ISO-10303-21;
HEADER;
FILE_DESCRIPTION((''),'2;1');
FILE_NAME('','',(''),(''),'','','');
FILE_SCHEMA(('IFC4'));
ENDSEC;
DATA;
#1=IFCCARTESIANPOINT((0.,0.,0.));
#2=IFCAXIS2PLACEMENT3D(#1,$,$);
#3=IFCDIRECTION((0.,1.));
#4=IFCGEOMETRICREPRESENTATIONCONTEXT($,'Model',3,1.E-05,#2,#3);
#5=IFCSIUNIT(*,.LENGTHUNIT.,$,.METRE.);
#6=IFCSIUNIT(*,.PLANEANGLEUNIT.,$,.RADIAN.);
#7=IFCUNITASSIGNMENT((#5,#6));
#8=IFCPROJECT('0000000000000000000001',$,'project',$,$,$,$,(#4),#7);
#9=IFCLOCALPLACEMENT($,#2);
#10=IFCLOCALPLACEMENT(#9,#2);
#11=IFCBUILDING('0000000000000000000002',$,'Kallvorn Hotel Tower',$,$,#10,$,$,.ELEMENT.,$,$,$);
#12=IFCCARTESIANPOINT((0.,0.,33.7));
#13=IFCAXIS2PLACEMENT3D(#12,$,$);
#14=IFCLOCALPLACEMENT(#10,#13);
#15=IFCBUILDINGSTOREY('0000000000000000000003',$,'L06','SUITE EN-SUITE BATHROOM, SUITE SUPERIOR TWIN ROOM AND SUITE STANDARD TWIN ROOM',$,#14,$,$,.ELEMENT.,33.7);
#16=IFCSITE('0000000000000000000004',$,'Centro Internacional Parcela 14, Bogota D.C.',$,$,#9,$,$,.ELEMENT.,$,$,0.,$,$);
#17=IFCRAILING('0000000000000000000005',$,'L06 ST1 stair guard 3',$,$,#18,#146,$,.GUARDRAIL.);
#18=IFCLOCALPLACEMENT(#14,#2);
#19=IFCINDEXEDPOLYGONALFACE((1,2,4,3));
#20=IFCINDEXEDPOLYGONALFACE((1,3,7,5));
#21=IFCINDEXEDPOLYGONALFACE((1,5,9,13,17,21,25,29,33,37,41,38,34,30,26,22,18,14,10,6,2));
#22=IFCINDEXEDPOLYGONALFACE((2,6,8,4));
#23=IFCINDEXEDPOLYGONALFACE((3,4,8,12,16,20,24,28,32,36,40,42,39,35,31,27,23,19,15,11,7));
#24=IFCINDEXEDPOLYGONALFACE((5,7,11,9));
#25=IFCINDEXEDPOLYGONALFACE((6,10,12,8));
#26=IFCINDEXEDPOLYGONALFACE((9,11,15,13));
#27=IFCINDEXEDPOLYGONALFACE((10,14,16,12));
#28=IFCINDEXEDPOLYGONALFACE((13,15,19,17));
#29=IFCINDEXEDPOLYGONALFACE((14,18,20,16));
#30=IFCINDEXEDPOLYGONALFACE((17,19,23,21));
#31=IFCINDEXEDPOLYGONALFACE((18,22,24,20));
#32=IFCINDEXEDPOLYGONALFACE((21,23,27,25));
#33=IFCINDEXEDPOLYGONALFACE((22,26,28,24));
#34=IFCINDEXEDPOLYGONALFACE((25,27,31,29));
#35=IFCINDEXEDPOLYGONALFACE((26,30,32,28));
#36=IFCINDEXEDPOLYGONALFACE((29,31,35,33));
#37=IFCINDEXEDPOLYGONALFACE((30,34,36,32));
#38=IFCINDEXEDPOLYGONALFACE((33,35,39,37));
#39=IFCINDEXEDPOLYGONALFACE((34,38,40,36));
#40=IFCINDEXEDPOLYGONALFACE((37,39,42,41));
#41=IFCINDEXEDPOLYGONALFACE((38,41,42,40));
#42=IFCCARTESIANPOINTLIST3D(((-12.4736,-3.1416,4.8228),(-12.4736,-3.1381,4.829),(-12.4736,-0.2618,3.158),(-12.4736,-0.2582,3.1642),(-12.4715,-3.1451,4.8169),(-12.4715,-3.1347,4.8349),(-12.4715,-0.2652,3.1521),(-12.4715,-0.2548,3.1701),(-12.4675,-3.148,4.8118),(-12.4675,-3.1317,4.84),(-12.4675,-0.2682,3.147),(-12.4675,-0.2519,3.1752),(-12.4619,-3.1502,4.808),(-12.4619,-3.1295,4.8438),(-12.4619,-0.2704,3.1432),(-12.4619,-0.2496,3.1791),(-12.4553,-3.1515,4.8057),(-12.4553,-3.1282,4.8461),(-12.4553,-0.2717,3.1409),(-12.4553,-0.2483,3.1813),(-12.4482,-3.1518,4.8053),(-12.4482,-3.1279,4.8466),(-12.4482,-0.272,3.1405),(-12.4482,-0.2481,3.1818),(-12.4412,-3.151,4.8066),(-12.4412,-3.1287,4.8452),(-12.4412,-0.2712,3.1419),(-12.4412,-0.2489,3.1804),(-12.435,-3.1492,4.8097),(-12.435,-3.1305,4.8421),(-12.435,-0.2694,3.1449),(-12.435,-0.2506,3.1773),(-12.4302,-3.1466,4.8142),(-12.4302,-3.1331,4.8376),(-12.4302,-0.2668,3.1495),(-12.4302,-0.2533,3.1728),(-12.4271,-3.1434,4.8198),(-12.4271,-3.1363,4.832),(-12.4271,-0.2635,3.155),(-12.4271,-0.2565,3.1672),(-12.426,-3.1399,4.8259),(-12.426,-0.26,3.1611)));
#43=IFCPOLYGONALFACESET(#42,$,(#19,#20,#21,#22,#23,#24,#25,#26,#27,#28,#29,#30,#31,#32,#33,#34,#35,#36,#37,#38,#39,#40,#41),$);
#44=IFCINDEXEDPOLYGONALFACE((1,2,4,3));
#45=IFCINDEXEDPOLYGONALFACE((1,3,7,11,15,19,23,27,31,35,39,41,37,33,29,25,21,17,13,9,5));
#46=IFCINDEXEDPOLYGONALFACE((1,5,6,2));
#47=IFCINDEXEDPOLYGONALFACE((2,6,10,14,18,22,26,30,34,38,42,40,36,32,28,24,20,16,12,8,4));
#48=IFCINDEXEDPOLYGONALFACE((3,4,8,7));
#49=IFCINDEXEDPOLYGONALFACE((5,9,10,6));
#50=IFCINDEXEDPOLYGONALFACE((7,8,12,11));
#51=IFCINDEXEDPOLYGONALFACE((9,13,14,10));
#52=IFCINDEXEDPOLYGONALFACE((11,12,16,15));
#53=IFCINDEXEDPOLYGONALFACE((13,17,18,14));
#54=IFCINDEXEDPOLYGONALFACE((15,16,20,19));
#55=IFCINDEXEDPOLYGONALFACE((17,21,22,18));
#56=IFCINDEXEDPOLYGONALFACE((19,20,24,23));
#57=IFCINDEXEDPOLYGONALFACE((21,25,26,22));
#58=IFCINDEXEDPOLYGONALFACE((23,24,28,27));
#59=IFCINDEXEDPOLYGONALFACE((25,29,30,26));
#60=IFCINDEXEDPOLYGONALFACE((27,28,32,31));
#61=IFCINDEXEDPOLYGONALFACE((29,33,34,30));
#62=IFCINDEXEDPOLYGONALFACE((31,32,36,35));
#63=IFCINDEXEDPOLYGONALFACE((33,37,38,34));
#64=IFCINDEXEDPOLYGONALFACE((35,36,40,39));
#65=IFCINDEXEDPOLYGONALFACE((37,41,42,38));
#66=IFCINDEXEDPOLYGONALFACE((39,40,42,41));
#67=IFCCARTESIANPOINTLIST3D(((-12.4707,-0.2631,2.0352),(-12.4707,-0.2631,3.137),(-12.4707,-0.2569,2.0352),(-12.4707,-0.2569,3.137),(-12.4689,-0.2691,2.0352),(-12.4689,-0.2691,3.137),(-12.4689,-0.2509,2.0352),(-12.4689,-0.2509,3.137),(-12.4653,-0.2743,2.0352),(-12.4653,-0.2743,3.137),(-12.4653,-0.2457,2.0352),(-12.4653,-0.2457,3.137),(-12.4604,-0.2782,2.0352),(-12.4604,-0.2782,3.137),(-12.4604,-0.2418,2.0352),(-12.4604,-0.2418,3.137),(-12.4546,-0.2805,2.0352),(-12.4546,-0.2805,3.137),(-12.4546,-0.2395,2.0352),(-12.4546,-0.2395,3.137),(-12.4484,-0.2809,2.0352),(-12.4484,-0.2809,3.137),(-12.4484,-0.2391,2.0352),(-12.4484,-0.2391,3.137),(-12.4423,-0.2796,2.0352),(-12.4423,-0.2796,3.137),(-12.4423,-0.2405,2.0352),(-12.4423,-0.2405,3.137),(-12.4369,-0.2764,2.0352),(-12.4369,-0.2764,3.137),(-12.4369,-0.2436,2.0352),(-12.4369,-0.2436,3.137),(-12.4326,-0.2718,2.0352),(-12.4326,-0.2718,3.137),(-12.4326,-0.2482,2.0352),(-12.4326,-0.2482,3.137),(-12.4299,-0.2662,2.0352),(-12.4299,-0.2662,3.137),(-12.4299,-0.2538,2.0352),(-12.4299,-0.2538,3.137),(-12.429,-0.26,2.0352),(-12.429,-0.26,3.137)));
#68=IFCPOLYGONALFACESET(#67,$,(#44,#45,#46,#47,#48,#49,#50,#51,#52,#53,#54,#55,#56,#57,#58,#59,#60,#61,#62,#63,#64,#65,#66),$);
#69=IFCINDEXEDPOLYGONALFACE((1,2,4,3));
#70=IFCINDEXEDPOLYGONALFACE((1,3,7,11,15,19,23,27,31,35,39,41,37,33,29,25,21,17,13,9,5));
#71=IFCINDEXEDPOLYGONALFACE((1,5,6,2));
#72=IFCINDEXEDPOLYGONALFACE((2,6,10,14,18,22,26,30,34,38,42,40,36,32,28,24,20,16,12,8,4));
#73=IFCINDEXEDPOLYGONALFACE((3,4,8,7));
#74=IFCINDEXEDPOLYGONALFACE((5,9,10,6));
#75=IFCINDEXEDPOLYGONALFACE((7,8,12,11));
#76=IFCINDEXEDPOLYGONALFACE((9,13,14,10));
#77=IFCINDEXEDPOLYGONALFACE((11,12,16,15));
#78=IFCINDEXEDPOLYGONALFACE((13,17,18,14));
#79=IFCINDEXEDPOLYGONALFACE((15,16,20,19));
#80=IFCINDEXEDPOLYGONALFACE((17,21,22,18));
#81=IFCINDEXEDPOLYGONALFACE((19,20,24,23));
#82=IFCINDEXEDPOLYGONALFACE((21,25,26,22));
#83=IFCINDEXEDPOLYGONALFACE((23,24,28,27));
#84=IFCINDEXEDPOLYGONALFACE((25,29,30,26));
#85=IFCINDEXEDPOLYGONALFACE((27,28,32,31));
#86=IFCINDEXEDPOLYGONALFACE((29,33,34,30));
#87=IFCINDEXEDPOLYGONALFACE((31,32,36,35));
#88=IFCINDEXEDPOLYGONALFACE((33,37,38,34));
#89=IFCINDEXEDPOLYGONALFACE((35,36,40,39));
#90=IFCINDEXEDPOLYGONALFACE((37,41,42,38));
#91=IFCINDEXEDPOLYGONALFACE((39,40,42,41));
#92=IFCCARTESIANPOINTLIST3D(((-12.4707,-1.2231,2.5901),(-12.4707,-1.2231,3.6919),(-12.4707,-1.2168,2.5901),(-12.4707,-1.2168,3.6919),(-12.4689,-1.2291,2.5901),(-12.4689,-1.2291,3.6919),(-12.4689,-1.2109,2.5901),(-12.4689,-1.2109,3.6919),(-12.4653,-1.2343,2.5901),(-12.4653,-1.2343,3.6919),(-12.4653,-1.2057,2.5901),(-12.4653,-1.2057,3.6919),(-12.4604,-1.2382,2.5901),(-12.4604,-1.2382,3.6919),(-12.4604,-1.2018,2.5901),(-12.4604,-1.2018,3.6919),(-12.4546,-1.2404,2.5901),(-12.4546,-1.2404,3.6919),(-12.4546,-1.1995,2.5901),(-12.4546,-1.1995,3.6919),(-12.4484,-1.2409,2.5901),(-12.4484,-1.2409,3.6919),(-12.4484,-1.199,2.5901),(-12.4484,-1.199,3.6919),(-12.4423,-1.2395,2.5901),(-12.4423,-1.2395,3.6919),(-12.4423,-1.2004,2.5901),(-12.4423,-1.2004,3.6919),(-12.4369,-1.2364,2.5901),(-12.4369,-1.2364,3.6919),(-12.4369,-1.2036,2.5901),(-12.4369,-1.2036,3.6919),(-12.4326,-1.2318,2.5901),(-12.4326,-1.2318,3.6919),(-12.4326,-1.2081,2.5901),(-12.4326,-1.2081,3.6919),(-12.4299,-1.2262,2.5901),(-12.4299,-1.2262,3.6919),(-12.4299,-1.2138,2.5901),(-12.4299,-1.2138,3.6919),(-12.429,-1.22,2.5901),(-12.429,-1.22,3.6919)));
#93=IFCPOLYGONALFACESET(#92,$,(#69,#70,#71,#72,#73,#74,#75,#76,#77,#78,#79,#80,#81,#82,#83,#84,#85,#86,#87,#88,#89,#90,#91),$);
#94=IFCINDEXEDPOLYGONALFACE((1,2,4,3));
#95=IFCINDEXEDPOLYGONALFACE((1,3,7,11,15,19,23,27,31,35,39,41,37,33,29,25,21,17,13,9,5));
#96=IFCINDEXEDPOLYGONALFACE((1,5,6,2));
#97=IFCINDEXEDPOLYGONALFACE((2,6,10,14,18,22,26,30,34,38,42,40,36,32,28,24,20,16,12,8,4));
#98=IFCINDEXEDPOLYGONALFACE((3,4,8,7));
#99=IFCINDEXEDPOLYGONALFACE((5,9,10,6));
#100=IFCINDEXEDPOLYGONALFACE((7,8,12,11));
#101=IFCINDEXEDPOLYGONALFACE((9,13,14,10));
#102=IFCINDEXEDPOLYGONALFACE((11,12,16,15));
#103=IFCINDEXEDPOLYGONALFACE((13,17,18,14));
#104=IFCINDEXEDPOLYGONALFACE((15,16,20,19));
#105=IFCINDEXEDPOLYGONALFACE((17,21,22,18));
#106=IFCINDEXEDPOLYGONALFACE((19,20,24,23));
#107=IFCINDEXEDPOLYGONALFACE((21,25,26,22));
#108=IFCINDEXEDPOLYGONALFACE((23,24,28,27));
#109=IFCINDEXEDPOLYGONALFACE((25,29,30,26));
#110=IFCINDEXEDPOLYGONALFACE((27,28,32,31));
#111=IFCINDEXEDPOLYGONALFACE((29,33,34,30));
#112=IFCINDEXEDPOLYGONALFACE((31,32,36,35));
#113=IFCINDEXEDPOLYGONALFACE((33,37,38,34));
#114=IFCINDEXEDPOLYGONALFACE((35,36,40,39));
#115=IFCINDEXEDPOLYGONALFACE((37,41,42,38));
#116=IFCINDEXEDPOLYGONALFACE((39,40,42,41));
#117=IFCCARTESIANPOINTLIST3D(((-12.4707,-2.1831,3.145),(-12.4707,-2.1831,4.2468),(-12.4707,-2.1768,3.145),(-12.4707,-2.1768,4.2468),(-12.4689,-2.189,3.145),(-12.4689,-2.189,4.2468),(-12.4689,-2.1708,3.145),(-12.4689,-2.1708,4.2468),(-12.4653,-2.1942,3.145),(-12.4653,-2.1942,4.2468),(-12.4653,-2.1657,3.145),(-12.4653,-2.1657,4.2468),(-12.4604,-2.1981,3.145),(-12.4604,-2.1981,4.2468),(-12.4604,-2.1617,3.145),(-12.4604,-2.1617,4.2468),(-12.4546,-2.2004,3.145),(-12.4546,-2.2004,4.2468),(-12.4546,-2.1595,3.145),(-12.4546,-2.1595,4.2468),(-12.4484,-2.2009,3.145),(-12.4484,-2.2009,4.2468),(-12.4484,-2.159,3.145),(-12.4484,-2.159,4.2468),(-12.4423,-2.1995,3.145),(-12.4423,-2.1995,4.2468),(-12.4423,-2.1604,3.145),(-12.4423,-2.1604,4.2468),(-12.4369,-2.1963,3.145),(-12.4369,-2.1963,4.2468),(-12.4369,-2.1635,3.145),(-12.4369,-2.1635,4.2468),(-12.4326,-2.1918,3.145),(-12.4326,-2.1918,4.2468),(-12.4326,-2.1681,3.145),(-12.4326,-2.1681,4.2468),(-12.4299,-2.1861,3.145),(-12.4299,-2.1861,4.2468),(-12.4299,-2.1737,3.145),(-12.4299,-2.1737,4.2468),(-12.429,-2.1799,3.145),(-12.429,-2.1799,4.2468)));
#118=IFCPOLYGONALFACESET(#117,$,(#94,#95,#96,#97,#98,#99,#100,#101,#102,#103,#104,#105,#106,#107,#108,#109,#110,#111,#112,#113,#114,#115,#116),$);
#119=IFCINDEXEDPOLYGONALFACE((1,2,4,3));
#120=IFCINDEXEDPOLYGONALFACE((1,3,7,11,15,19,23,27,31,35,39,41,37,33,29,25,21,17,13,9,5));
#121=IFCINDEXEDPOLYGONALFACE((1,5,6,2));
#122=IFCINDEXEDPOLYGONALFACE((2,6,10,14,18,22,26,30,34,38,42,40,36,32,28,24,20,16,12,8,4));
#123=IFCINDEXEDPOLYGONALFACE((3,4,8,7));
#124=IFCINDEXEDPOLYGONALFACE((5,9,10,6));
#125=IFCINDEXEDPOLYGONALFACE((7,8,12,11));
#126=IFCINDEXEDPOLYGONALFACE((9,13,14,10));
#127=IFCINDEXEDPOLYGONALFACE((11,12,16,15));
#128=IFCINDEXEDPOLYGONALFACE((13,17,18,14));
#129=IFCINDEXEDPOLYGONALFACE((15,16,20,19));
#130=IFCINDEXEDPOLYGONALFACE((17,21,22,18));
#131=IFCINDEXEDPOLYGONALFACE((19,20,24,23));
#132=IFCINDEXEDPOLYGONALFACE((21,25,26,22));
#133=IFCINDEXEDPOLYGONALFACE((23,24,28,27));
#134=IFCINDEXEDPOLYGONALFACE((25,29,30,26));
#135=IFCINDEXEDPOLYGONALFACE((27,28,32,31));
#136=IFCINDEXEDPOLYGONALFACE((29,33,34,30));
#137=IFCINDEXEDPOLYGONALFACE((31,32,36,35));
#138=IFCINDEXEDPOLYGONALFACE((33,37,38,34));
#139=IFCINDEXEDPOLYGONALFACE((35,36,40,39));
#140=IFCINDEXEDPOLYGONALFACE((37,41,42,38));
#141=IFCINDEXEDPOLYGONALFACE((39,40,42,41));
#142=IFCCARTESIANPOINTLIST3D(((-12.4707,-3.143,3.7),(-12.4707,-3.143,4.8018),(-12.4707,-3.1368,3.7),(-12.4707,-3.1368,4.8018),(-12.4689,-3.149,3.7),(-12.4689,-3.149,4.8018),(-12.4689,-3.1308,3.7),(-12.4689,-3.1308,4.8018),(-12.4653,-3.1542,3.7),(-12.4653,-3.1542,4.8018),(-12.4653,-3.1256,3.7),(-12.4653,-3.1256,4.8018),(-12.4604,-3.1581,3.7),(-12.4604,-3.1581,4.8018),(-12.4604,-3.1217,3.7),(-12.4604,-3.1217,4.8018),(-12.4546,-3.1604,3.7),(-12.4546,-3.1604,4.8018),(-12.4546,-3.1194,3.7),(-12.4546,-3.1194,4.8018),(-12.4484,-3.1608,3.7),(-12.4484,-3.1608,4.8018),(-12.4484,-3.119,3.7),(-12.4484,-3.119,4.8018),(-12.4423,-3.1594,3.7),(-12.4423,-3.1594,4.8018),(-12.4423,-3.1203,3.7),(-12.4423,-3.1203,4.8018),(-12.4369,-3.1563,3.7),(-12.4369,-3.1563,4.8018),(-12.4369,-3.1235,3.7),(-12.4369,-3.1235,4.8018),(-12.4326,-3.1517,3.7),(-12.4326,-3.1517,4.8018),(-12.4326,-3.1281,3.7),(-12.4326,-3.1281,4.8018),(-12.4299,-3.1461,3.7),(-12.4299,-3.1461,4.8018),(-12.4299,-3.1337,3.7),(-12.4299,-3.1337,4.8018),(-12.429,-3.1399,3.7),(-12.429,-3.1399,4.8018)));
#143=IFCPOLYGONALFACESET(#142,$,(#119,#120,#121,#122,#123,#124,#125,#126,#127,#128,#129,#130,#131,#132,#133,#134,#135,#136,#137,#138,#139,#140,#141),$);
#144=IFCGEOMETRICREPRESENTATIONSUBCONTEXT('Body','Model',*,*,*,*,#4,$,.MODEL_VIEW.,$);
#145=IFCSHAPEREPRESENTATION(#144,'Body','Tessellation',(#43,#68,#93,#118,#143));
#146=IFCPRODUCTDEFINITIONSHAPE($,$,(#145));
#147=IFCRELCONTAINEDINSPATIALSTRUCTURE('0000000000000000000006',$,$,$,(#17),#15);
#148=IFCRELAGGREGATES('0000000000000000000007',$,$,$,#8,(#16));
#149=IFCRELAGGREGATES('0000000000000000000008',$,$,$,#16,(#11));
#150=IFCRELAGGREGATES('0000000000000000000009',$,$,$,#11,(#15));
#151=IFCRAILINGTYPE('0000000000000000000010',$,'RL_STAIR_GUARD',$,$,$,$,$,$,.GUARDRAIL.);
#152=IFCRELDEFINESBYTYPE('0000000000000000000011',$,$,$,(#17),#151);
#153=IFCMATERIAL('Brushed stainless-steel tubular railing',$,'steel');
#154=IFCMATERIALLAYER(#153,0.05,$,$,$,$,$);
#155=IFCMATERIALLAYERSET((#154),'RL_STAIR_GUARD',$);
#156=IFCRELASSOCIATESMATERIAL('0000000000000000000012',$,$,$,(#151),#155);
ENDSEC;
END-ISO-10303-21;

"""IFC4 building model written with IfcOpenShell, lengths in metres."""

from ifc_helpers import new_model, si_unit, direction, frame, origin, origin_2d, place, context, subcontext, project, spatial, circle, extrude, material, layer, layer_set, type_object, element, save


model = new_model("IFC4")

# Units and contexts
model_context = context("Model", 3, precision=1e-05, world=origin(), true_north=direction((0.0, 1.0)))
body_context = subcontext(model_context, "Body", "Model", "MODEL_VIEW")
ifc_project = project(units=[si_unit("LENGTHUNIT", "METRE"), si_unit("PLANEANGLEUNIT", "RADIAN")], contexts=[model_context])

# Site, building, storey
site_placement = place(None, origin())
site = spatial("IfcSite", under=ifc_project, at=site_placement, Name="Centro Internacional Parcela 14, Bogota D.C.", CompositionType="ELEMENT", RefElevation=0.0)
building_placement = place(site_placement, origin())
building = spatial("IfcBuilding", under=site, at=building_placement, Name="Kallvorn Hotel Tower", CompositionType="ELEMENT")
storey_placement = place(building_placement, frame((0.0, 0.0, 33.7)))
storey = spatial("IfcBuildingStorey", under=building, at=storey_placement, Name="L06", Description="SUITE EN-SUITE BATHROOM, SUITE SUPERIOR TWIN ROOM AND SUITE STANDARD TWIN ROOM", CompositionType="ELEMENT", Elevation=33.7)

# Railing
ifc_material_1 = material(Name="Brushed stainless-steel tubular railing", Category="steel")
ifc_layer_1 = layer(ifc_material_1, 0.05)
ifc_layer_set_1 = layer_set([ifc_layer_1], Name="RL_STAIR_GUARD")
railing_type_1 = type_object("IfcRailingType", Name="RL_STAIR_GUARD", PredefinedType="GUARDRAIL", material=ifc_layer_set_1)
railing_1_placement = place(storey_placement, frame((-12.45, -0.26, 2.0352)))
element("IfcRailing", 1, at=railing_1_placement, inside=storey, type_object=railing_type_1, Name="L06 ST1 stair guard 3", PredefinedType="GUARDRAIL", context=body_context, shape_type="SweptSolid", body=[
    extrude(circle(Radius=0.0239, at=origin_2d()), frame((0.0, 0.0, 1.126), z_axis=(0.0, -0.865753, 0.500472), x_axis=(1.0, 0.0, 0.0)), (0.0, 0.0, 1.0), 3.3264),
    extrude(circle(Radius=0.021, at=origin_2d()), origin(), (0.0, 0.0, 1.0), 1.1018),
    extrude(circle(Radius=0.021, at=origin_2d()), frame((0.0, -0.96, 0.5549)), (0.0, 0.0, 1.0), 1.1018),
    extrude(circle(Radius=0.021, at=origin_2d()), frame((0.0, -1.9199, 1.1099)), (0.0, 0.0, 1.0), 1.1018),
    extrude(circle(Radius=0.021, at=origin_2d()), frame((0.0, -2.8799, 1.6648)), (0.0, 0.0, 1.0), 1.1018),
])

save(model, "model.ifc")
